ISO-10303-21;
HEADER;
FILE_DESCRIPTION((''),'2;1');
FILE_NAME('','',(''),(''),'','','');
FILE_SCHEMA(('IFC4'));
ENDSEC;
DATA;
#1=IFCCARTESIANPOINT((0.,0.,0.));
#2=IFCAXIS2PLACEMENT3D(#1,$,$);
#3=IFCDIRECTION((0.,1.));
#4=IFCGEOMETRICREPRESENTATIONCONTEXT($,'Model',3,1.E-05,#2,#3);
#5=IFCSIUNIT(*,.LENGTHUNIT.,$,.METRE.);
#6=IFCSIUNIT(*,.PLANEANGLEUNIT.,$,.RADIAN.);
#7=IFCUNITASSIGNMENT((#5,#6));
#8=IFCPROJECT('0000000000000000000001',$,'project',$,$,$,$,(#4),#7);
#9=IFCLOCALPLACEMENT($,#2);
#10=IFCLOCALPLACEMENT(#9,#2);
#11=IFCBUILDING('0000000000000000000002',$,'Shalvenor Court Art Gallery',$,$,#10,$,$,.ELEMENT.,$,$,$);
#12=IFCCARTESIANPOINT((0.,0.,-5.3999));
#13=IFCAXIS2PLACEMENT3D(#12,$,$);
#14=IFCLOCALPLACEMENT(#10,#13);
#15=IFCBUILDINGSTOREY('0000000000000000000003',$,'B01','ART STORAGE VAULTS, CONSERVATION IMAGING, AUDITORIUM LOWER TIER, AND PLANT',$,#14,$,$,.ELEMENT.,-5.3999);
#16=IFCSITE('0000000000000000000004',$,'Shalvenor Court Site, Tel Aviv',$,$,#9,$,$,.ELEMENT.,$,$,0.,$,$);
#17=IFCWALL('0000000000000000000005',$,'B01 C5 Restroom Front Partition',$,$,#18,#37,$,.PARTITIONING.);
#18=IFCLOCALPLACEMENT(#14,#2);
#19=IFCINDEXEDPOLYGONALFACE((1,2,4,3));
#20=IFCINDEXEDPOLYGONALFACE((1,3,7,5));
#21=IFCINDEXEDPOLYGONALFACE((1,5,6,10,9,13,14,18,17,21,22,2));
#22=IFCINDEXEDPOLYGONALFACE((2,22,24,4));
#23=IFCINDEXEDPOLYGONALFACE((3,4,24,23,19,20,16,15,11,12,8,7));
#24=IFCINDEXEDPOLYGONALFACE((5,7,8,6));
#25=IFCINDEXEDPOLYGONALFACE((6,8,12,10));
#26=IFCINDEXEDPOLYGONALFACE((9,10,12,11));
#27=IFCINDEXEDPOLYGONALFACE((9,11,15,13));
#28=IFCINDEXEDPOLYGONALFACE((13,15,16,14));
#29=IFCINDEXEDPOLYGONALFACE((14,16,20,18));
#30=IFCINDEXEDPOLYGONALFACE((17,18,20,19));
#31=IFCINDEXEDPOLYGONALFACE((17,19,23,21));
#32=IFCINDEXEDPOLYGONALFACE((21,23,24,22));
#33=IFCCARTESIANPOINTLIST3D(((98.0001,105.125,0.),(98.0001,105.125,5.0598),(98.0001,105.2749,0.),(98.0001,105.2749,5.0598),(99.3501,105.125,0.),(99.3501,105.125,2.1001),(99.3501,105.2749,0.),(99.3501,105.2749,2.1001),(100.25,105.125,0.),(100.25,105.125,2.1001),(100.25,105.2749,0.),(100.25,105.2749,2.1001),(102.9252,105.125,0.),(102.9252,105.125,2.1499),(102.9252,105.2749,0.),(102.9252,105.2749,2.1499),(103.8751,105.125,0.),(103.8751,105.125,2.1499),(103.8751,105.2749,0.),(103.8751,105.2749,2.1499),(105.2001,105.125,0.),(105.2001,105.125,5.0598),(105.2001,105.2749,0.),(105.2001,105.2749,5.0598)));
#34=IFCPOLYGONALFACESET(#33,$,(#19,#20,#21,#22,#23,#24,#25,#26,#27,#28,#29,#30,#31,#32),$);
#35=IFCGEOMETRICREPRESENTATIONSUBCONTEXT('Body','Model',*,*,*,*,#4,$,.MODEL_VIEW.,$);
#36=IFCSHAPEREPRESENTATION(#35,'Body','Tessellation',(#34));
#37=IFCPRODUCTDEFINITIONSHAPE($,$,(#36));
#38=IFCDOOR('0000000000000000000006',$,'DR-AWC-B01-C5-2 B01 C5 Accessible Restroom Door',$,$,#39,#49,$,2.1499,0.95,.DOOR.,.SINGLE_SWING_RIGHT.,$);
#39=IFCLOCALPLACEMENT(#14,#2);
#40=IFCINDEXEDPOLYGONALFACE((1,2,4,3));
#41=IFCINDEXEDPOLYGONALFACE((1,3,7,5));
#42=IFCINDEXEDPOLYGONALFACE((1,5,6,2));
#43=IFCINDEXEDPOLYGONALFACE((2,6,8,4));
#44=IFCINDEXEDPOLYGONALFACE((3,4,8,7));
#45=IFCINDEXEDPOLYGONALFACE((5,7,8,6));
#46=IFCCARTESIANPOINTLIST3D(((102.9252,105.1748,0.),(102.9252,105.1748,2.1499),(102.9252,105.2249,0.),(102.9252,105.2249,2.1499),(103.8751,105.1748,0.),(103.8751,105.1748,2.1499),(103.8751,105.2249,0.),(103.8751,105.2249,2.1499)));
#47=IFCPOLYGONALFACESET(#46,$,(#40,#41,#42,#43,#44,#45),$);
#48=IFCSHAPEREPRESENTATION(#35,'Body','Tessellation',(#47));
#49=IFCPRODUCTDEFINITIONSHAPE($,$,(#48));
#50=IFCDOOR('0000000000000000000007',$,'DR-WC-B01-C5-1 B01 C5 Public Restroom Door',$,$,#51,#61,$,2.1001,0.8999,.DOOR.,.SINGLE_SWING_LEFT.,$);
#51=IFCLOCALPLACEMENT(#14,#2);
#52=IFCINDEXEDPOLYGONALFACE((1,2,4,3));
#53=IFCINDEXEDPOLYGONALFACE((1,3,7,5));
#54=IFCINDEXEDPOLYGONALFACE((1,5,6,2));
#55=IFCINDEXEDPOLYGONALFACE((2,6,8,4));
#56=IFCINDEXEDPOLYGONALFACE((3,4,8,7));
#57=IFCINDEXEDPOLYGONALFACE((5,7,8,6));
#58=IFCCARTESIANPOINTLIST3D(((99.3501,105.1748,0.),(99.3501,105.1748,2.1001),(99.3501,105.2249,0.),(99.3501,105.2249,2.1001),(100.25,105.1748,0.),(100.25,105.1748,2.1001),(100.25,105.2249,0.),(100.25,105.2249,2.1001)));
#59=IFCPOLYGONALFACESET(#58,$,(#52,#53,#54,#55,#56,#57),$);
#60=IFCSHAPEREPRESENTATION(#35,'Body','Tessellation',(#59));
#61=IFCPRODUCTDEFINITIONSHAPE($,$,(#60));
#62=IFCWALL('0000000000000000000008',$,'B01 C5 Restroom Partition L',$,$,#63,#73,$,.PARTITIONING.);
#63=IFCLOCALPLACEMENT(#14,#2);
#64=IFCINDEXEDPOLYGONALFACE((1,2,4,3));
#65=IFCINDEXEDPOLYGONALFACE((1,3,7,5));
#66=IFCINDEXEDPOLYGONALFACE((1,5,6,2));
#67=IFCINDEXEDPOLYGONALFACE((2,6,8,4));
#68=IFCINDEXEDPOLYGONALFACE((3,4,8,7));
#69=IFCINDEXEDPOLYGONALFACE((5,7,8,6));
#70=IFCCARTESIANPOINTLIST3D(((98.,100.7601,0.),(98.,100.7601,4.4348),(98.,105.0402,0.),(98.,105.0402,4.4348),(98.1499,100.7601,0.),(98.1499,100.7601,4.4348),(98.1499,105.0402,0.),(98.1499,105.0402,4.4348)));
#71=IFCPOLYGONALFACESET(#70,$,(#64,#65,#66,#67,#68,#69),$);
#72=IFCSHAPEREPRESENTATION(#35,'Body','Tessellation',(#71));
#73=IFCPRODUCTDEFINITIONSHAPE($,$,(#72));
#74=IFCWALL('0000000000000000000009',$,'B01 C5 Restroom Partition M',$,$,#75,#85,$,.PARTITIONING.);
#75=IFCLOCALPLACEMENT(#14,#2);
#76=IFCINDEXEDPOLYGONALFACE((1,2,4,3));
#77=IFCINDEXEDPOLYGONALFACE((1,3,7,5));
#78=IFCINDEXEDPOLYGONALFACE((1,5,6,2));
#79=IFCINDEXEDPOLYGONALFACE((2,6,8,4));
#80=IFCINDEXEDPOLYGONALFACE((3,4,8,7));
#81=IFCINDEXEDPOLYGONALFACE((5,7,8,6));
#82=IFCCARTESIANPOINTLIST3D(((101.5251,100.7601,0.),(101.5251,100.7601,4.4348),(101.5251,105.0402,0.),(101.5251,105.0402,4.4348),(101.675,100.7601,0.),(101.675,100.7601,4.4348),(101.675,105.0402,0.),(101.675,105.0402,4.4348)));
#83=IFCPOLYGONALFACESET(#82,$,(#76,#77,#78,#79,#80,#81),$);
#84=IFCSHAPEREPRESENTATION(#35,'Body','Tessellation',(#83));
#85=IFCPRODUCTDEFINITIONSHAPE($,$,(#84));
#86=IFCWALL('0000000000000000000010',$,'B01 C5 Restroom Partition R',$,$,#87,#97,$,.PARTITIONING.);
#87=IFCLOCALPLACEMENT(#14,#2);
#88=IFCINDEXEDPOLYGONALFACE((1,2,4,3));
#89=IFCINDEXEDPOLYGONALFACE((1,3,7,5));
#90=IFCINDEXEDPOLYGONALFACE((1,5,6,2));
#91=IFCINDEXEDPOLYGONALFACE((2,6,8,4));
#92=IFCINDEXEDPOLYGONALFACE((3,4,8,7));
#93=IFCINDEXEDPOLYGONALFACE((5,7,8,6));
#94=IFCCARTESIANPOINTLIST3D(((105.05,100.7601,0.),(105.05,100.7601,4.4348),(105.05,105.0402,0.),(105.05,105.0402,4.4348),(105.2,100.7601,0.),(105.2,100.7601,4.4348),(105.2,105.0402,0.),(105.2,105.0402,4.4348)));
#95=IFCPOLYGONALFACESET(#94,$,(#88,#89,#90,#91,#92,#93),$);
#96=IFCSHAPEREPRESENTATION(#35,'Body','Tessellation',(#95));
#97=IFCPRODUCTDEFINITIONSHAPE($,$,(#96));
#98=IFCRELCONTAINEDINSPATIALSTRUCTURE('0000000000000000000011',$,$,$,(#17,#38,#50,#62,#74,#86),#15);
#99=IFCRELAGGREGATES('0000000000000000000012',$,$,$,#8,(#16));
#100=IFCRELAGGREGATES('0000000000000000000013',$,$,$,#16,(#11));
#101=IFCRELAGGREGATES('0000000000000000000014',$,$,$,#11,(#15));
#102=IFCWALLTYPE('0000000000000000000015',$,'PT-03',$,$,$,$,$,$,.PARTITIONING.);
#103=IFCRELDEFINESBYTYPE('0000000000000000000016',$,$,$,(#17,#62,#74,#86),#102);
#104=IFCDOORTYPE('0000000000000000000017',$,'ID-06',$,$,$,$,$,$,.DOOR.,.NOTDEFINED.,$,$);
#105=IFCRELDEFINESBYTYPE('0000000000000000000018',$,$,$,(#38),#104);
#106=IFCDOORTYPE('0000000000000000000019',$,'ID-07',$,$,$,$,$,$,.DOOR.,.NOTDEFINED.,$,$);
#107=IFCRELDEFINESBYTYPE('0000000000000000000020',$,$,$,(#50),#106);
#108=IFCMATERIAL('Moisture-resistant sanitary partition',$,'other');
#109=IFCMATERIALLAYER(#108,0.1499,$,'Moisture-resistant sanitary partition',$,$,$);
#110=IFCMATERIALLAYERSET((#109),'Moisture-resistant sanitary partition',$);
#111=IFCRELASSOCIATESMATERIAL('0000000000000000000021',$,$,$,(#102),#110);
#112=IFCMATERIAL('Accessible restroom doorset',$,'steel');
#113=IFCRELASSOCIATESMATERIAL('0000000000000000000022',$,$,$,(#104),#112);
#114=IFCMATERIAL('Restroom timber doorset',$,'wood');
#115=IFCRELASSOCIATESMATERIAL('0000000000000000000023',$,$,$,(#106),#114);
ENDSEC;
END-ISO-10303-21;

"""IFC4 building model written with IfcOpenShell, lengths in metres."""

from ifc_helpers import new_model, si_unit, direction, frame, frame_2d, origin, place, context, subcontext, project, spatial, rectangle, extrude, material, layer, layer_set, type_object, element, fill, save


model = new_model("IFC4")

# Units and contexts
model_context = context("Model", 3, precision=1e-05, world=origin(), true_north=direction((0.0, 1.0)))
body_context = subcontext(model_context, "Body", "Model", "MODEL_VIEW")
ifc_project = project(units=[si_unit("LENGTHUNIT", "METRE"), si_unit("PLANEANGLEUNIT", "RADIAN")], contexts=[model_context])

# Site, building, storey
site_placement = place(None, origin())
site = spatial("IfcSite", under=ifc_project, at=site_placement, Name="Shalvenor Court Site, Tel Aviv", CompositionType="ELEMENT", RefElevation=0.0)
building_placement = place(site_placement, origin())
building = spatial("IfcBuilding", under=site, at=building_placement, Name="Shalvenor Court Art Gallery", CompositionType="ELEMENT")
storey_placement = place(building_placement, frame((0.0, 0.0, -5.3999)))
storey = spatial("IfcBuildingStorey", under=building, at=storey_placement, Name="B01", Description="ART STORAGE VAULTS, CONSERVATION IMAGING, AUDITORIUM LOWER TIER, AND PLANT", CompositionType="ELEMENT", Elevation=-5.3999)

# Wall, openings, doors
ifc_material_1 = material(Name="Moisture-resistant sanitary partition", Category="other")
ifc_layer = layer(ifc_material_1, 0.1499, Name="Moisture-resistant sanitary partition")
ifc_layer_set = layer_set([ifc_layer], Name="Moisture-resistant sanitary partition")
wall_type = type_object("IfcWallType", Name="PT-03", PredefinedType="PARTITIONING", material=ifc_layer_set)
wall_placement = place(storey_placement, frame((98.0, 105.2, 0.0), z_axis=(0.0, 0.0, 1.0), x_axis=(1.0, 0.0, 0.0)))
wall = element("IfcWall", 1, at=wall_placement, inside=storey, type_object=wall_type, Name="B01 C5 Restroom Front Partition", PredefinedType="PARTITIONING", context=body_context, shape_type="SweptSolid", body=[
    extrude(rectangle(XDim=7.2, YDim=0.1499, at=frame_2d((3.6001, 0.0))), origin(), (0.0, 0.0, 1.0), 5.0598),
])
opening_1_placement = place(wall_placement, frame((1.3501, 0.0, 0.0)))
opening_1 = element("IfcOpeningElement", 2, at=opening_1_placement, cuts=wall, PredefinedType="OPENING", context=body_context, shape_type="SweptSolid", body=[
    extrude(rectangle(XDim=0.8999, YDim=2.1001, at=frame_2d((0.45, 1.05))), frame((0.0, 0.085, 0.0), z_axis=(0.0, -1.0, 0.0), x_axis=(1.0, 0.0, 0.0)), (0.0, 0.0, 1.0), 0.1699),
])
opening_2_placement = place(wall_placement, frame((4.925, 0.0, 0.0)))
opening_2 = element("IfcOpeningElement", 3, at=opening_2_placement, cuts=wall, PredefinedType="OPENING", context=body_context, shape_type="SweptSolid", body=[
    extrude(rectangle(XDim=0.95, YDim=2.1499, at=frame_2d((0.4751, 1.075))), frame((0.0, 0.085, 0.0), z_axis=(0.0, -1.0, 0.0), x_axis=(1.0, 0.0, 0.0)), (0.0, 0.0, 1.0), 0.1699),
])
ifc_material_2 = material(Name="Accessible restroom doorset", Category="steel")
door_type_1 = type_object("IfcDoorType", Name="ID-06", OperationType="NOTDEFINED", PredefinedType="DOOR", material=ifc_material_2)
door_1_placement = place(opening_2_placement, origin())
door_1 = element("IfcDoor", 4, at=door_1_placement, inside=storey, type_object=door_type_1, Name="DR-AWC-B01-C5-2 B01 C5 Accessible Restroom Door", OperationType="SINGLE_SWING_RIGHT", OverallHeight=2.1499, OverallWidth=0.95, PredefinedType="DOOR", context=body_context, shape_type="SweptSolid", body=[
    extrude(rectangle(XDim=0.95, YDim=2.1499, at=frame_2d((0.4751, 1.075))), frame((0.0, 0.0249, 0.0), z_axis=(0.0, -1.0, 0.0), x_axis=(1.0, 0.0, 0.0)), (0.0, 0.0, 1.0), 0.05),
])
fill(opening_2, door_1)
ifc_material_3 = material(Name="Restroom timber doorset", Category="wood")
door_type_2 = type_object("IfcDoorType", Name="ID-07", OperationType="NOTDEFINED", PredefinedType="DOOR", material=ifc_material_3)
door_2_placement = place(opening_1_placement, origin())
door_2 = element("IfcDoor", 5, at=door_2_placement, inside=storey, type_object=door_type_2, Name="DR-WC-B01-C5-1 B01 C5 Public Restroom Door", OperationType="SINGLE_SWING_LEFT", OverallHeight=2.1001, OverallWidth=0.8999, PredefinedType="DOOR", context=body_context, shape_type="SweptSolid", body=[
    extrude(rectangle(XDim=0.8999, YDim=2.1001, at=frame_2d((0.45, 1.05))), frame((0.0, 0.0249, 0.0), z_axis=(0.0, -1.0, 0.0), x_axis=(1.0, 0.0, 0.0)), (0.0, 0.0, 1.0), 0.05),
])
fill(opening_1, door_2)

# Walls
for number, where, z_axis, x_axis, name in (
    (6, (98.075, 100.76, 0.0), (0.0, 0.0, 1.0), (0.0, 1.0, 0.0), "B01 C5 Restroom Partition L"),
    (7, (101.6001, 100.76, 0.0), (0.0, 0.0, 1.0), (0.0, 1.0, 0.0), "B01 C5 Restroom Partition M"),
    (8, (105.125, 100.76, 0.0), (0.0, 0.0, 1.0), (0.0, 1.0, 0.0), "B01 C5 Restroom Partition R"),
):
    element("IfcWall", number, at=place(storey_placement, frame(where, z_axis=z_axis, x_axis=x_axis)), inside=storey, type_object=wall_type, Name=name, PredefinedType="PARTITIONING", context=body_context, shape_type="SweptSolid", body=[
        extrude(rectangle(XDim=4.28, YDim=0.1499, at=frame_2d((2.1401, 0.0))), origin(), (0.0, 0.0, 1.0), 4.4348),
    ])

save(model, "model.ifc")
